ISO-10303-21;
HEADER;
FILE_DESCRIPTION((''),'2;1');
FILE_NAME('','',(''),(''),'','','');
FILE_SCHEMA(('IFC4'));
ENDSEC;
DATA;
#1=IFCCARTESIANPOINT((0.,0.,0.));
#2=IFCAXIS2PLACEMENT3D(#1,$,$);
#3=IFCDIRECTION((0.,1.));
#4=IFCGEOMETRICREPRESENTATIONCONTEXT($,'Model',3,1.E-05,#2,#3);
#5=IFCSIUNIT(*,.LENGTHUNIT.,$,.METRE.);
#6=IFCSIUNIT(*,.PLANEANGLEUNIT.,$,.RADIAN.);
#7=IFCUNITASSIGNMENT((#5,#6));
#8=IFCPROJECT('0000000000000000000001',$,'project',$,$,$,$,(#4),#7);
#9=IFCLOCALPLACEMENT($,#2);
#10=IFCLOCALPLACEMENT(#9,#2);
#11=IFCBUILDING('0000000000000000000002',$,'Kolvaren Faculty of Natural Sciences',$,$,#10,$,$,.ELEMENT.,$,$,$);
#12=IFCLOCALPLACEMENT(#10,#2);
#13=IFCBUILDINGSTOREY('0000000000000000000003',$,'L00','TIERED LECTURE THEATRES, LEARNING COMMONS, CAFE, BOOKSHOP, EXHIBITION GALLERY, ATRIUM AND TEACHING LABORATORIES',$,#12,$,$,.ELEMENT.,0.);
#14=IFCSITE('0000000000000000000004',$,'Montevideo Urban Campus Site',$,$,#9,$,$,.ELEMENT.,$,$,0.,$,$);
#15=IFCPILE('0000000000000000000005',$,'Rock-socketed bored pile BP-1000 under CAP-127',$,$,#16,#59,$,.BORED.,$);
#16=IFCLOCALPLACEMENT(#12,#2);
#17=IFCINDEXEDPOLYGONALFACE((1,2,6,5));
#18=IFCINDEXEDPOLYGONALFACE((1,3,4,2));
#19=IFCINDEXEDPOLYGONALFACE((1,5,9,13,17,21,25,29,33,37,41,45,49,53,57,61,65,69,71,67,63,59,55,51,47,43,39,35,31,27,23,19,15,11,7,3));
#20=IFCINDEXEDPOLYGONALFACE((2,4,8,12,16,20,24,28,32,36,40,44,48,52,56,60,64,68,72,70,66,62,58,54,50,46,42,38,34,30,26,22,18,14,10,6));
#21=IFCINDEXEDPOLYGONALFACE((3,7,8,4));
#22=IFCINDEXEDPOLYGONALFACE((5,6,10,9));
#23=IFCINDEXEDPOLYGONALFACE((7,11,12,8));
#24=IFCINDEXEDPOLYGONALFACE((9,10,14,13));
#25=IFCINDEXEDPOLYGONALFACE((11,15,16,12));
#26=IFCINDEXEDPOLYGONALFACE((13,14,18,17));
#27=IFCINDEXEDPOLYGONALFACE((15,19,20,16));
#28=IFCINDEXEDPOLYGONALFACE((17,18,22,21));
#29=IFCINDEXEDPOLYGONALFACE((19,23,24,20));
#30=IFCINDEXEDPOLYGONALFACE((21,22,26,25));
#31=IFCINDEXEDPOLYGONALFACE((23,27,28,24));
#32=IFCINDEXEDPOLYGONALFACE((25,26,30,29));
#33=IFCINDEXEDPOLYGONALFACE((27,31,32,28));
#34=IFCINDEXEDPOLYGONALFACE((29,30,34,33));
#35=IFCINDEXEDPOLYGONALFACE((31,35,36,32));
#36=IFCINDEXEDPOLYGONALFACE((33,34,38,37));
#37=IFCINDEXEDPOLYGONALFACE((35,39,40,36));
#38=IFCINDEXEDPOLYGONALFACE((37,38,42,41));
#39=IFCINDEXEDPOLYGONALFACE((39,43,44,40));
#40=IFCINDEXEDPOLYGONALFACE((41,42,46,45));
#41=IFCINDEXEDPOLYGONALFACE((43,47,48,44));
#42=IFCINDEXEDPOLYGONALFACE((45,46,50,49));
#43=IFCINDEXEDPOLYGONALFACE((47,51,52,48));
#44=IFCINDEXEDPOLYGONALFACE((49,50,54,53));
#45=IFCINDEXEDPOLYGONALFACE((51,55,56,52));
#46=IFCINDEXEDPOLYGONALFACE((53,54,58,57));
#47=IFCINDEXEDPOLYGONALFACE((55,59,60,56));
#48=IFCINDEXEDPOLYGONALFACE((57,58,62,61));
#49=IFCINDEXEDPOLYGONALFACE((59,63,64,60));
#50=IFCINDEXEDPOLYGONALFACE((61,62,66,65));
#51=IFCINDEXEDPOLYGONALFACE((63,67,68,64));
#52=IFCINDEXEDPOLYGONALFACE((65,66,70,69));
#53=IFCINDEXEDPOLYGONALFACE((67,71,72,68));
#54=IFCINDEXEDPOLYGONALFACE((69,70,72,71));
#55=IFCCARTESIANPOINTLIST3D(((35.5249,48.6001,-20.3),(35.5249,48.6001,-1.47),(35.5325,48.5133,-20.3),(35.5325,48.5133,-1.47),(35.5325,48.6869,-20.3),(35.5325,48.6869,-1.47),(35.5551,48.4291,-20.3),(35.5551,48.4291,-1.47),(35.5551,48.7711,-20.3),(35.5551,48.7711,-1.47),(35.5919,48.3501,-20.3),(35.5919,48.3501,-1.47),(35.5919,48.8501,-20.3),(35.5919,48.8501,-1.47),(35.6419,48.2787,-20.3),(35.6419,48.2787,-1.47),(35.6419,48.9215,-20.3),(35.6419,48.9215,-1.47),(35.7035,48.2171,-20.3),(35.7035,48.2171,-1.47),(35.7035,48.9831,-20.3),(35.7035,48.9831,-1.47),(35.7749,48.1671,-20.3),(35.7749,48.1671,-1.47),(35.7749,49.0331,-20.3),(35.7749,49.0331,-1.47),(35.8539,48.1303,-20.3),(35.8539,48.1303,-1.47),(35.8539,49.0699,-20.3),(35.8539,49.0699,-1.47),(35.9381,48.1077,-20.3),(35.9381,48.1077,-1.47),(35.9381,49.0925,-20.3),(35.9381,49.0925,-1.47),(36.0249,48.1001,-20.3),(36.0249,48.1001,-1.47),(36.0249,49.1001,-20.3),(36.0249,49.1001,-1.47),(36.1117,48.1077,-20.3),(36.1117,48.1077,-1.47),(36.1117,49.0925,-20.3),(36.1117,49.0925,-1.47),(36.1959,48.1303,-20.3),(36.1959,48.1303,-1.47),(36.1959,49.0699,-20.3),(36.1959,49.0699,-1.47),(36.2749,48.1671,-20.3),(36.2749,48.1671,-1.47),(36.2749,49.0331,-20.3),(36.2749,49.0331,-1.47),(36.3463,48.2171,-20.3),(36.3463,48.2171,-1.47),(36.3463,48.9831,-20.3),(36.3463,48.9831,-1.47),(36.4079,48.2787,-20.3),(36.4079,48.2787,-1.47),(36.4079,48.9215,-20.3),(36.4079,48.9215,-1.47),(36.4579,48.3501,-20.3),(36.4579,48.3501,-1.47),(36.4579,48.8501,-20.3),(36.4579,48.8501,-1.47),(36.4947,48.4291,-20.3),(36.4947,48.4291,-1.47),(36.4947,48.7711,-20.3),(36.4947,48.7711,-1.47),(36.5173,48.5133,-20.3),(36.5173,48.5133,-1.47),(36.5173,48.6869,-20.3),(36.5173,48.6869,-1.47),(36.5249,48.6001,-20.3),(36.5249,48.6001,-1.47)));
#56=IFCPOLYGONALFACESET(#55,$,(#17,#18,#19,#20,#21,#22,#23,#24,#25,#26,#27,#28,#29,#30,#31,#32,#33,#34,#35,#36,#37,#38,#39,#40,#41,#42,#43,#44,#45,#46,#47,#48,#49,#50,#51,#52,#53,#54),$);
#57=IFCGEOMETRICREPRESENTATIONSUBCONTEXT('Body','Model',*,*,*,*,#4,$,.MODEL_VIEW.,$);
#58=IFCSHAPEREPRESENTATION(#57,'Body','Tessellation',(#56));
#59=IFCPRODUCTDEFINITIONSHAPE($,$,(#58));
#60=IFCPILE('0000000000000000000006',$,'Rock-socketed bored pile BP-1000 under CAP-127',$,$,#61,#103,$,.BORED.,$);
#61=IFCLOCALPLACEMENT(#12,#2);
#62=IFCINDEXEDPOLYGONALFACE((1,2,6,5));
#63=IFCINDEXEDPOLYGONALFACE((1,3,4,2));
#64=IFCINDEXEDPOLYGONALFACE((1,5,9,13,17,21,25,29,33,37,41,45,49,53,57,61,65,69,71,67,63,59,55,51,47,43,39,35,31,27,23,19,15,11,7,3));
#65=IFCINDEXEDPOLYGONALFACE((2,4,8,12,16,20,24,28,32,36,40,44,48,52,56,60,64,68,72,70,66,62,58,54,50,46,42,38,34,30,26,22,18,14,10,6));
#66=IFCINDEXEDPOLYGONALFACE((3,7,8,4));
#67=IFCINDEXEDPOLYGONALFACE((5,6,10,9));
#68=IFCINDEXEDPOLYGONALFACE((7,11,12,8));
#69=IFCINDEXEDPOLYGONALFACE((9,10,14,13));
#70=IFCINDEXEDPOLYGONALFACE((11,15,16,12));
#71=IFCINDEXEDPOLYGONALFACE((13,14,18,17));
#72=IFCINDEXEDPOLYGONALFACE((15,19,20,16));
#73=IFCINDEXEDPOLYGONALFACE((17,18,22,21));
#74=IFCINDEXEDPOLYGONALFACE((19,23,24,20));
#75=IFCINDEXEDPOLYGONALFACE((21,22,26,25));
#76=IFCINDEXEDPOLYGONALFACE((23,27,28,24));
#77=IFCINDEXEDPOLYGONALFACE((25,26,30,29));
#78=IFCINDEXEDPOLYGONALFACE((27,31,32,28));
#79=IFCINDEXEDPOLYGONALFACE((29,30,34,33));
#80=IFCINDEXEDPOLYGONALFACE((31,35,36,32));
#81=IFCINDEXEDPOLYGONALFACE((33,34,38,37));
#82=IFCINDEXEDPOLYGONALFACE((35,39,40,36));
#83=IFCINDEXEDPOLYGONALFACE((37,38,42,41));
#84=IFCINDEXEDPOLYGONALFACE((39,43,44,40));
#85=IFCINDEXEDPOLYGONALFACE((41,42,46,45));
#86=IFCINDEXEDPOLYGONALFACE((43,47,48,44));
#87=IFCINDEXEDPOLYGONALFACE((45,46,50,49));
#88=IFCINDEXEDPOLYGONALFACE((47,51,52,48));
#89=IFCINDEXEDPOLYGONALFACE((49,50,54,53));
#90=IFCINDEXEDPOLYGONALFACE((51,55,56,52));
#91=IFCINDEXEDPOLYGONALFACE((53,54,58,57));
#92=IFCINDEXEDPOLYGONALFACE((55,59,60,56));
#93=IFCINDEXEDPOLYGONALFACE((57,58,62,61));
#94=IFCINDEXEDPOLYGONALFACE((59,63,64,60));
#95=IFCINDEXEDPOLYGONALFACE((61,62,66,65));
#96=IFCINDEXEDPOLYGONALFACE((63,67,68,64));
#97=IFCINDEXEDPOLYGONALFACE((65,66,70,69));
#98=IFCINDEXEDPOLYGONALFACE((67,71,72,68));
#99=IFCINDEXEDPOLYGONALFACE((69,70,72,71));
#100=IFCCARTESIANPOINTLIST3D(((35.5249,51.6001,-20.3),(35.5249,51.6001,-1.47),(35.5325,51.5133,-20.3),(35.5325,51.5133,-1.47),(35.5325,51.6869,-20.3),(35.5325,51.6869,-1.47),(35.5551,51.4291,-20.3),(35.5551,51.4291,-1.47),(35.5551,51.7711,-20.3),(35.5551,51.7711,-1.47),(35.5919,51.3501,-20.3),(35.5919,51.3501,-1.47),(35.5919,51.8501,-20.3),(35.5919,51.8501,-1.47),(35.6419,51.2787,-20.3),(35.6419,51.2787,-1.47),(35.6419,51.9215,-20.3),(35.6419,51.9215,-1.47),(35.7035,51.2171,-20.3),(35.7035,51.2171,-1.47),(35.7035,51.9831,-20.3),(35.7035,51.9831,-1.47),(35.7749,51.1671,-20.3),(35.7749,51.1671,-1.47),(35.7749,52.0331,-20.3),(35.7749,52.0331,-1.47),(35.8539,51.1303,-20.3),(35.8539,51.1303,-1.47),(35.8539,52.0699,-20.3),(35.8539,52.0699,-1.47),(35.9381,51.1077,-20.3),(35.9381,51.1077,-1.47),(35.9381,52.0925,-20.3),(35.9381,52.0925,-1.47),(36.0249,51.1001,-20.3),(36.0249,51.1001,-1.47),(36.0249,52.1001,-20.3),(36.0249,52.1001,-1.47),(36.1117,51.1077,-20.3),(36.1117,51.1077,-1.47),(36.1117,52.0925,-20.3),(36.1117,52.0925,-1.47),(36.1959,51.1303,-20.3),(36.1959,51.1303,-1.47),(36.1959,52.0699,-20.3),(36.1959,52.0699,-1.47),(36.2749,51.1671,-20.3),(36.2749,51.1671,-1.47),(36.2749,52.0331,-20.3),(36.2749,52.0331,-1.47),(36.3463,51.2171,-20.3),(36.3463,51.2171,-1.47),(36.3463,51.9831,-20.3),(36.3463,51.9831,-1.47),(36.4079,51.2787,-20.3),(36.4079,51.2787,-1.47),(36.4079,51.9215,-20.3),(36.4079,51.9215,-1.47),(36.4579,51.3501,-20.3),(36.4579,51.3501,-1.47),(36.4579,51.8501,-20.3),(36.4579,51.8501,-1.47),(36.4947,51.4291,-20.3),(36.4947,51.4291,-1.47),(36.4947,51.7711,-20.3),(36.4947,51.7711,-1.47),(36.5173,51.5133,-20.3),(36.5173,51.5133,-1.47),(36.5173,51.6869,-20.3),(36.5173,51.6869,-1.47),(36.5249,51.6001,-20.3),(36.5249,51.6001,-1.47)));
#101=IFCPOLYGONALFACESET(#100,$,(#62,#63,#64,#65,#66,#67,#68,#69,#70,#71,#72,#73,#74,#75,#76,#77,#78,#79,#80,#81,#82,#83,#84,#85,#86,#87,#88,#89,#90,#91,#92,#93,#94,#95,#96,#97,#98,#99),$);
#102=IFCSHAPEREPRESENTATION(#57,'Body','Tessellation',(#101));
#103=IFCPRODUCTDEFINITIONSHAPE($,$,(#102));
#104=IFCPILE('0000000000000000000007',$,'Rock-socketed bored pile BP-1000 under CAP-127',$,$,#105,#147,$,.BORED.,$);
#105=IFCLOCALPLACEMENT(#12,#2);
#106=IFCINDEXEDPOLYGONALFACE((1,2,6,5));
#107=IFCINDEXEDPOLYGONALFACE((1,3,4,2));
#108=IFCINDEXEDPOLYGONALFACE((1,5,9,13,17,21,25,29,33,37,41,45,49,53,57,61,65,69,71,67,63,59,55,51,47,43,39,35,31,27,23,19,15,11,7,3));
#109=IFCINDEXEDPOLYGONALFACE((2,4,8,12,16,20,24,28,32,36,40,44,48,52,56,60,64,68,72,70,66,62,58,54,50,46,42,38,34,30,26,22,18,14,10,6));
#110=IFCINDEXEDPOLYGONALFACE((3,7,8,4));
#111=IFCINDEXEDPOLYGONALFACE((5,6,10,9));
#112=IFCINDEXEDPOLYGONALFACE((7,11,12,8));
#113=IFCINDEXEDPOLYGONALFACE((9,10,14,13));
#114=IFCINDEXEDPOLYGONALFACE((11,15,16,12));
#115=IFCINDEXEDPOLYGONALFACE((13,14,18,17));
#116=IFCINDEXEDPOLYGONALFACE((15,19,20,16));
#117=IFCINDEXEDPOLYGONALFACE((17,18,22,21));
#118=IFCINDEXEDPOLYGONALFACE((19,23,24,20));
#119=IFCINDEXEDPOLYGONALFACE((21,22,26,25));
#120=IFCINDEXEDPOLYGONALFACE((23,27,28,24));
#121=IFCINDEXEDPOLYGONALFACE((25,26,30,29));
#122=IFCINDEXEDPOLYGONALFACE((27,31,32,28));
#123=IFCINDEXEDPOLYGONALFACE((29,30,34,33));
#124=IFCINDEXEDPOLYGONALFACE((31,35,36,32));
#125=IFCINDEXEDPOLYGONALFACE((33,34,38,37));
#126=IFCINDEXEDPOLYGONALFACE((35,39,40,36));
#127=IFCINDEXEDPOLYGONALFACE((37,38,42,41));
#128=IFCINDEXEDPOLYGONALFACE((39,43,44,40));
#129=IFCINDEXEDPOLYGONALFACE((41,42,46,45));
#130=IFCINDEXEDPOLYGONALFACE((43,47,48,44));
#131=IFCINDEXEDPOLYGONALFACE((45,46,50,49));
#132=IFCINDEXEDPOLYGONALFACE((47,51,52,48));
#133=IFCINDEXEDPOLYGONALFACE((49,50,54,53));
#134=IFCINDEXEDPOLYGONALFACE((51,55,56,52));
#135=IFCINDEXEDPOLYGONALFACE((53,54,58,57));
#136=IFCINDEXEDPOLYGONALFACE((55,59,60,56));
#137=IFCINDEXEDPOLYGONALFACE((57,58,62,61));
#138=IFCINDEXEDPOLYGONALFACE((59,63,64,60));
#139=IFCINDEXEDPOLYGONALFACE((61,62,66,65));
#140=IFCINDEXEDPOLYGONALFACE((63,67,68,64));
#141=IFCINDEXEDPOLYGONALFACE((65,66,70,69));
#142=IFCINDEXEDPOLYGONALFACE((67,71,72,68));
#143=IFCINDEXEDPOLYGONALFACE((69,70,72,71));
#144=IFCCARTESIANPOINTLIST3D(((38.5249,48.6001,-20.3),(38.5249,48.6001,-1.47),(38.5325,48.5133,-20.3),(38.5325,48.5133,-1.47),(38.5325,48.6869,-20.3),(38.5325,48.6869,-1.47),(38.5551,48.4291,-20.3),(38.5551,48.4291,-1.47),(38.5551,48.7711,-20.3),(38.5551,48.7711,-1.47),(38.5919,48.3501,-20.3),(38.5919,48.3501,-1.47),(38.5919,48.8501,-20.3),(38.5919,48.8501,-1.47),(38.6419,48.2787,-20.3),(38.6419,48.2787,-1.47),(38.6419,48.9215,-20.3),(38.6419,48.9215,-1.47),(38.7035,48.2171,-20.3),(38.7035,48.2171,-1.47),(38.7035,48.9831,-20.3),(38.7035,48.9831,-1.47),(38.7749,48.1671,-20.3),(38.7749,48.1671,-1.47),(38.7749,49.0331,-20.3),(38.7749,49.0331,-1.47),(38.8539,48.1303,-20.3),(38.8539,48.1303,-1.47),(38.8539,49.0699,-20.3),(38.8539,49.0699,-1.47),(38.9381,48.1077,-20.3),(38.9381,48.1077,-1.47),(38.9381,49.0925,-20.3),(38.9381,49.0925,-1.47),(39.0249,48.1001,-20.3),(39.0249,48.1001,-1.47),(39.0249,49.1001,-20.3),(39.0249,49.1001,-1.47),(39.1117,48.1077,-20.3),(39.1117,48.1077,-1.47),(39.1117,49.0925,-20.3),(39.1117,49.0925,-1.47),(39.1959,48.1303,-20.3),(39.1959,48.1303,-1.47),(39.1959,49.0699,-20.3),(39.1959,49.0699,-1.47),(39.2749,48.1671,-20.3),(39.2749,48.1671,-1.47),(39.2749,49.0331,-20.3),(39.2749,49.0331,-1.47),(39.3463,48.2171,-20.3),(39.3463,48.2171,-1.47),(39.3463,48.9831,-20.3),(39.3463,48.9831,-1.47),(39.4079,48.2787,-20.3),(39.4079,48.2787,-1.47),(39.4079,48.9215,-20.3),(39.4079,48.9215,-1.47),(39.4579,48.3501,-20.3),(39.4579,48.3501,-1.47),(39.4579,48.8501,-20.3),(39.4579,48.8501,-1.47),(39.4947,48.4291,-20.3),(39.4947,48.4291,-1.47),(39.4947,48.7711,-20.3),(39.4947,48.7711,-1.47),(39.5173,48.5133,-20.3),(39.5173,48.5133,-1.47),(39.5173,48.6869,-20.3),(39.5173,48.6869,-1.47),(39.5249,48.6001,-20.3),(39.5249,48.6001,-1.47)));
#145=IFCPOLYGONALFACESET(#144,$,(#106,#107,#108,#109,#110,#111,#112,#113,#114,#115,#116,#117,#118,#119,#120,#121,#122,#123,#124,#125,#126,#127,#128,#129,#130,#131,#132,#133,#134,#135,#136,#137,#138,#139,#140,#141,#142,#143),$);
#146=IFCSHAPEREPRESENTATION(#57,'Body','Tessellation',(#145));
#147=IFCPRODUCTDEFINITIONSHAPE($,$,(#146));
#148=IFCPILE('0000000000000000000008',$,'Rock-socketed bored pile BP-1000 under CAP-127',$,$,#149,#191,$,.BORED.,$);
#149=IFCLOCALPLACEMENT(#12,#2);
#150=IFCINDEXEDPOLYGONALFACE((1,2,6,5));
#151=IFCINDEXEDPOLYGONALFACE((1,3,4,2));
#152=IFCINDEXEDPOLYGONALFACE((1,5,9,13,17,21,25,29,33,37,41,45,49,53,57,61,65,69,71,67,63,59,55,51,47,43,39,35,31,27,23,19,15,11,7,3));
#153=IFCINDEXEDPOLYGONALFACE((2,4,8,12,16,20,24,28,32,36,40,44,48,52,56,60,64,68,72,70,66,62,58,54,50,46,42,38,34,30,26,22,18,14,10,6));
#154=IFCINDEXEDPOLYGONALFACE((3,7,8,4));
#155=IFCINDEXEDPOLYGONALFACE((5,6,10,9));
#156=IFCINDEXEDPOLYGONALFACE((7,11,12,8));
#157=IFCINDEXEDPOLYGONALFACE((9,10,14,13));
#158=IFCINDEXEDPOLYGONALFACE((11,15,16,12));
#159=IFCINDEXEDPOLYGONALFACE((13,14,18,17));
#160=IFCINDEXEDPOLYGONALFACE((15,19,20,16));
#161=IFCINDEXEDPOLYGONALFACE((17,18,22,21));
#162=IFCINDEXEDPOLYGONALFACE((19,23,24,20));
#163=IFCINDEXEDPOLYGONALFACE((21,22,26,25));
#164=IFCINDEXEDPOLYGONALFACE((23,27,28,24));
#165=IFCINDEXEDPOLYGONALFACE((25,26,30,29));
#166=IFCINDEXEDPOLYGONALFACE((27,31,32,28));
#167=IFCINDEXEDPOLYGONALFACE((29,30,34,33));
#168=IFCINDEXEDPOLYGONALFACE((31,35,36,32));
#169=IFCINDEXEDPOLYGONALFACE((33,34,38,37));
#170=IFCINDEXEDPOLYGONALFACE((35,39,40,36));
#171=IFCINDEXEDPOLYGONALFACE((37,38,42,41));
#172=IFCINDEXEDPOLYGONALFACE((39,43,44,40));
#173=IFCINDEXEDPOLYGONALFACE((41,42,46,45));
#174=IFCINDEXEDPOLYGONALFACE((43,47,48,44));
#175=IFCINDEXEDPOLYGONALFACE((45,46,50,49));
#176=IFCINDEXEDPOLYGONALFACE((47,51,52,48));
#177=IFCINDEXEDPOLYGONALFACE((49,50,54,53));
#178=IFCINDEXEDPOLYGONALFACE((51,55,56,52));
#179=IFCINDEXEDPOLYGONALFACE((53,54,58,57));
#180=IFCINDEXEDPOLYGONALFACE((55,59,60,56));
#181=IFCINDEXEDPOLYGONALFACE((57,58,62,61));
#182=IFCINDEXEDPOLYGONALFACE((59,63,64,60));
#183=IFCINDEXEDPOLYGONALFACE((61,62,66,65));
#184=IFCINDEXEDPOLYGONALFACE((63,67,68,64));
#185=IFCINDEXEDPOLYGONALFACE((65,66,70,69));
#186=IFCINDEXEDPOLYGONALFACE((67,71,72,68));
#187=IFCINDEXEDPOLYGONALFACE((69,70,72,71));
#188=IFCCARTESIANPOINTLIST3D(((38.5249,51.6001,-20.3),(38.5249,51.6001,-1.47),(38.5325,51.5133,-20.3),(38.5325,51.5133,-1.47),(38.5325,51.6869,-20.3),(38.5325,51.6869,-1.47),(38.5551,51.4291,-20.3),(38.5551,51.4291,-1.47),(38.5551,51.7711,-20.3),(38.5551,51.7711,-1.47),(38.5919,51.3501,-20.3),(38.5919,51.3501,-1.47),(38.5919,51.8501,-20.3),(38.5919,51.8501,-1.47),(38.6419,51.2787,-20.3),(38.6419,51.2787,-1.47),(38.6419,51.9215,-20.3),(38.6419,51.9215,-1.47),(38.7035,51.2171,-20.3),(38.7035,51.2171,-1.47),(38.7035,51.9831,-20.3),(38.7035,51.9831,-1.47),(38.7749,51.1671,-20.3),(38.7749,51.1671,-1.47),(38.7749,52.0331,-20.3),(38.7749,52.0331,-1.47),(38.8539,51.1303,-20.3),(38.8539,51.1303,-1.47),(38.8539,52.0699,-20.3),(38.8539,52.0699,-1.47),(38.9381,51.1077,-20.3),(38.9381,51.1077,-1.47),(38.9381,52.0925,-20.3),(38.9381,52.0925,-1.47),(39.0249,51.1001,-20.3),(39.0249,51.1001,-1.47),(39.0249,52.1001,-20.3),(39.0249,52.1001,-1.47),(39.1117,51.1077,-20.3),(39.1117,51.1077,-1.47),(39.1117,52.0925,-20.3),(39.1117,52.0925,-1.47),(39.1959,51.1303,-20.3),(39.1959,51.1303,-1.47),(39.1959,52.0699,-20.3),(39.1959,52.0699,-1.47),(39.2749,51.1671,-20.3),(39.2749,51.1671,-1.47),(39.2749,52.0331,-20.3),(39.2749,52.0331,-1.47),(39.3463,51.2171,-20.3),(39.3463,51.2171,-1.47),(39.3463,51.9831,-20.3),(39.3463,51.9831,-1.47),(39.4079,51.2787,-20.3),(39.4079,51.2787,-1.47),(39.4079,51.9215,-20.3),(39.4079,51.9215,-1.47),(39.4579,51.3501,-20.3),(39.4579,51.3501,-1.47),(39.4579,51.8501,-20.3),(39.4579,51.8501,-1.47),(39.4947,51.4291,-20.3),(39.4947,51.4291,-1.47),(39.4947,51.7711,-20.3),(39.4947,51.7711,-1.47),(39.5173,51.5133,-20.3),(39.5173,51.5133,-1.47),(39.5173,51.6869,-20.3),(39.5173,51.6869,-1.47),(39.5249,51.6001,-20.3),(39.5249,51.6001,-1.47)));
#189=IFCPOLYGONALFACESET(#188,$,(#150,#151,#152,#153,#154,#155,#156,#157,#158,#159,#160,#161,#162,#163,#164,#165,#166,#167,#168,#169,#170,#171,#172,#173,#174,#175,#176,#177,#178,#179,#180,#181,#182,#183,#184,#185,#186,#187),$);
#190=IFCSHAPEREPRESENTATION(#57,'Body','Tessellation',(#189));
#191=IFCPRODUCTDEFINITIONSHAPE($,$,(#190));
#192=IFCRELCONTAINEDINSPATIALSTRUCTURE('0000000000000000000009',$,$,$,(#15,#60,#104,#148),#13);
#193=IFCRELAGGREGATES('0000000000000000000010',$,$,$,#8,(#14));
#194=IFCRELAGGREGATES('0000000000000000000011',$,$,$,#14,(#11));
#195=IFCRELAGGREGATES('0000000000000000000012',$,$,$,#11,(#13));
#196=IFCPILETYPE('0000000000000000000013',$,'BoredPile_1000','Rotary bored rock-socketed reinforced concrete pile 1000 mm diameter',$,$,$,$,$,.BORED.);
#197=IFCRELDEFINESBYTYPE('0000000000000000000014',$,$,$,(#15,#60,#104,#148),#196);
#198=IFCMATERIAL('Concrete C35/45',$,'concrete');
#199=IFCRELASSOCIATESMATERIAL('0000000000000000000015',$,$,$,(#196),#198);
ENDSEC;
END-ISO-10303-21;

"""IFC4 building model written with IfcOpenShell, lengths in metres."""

from ifc_helpers import new_model, si_unit, direction, frame, origin, origin_2d, place, context, subcontext, project, spatial, circle, extrude, material, material_profile, profile_set, type_object, element, save


model = new_model("IFC4")

# Units and contexts
model_context = context("Model", 3, precision=1e-05, world=origin(), true_north=direction((0.0, 1.0)))
body_context = subcontext(model_context, "Body", "Model", "MODEL_VIEW")
ifc_project = project(units=[si_unit("LENGTHUNIT", "METRE"), si_unit("PLANEANGLEUNIT", "RADIAN")], contexts=[model_context])

# Site, building, storey
site_placement = place(None, origin())
site = spatial("IfcSite", under=ifc_project, at=site_placement, Name="Montevideo Urban Campus Site", CompositionType="ELEMENT", RefElevation=0.0)
building_placement = place(site_placement, origin())
building = spatial("IfcBuilding", under=site, at=building_placement, Name="Kolvaren Faculty of Natural Sciences", CompositionType="ELEMENT")
storey_placement = place(building_placement, origin())
storey = spatial("IfcBuildingStorey", under=building, at=storey_placement, Name="L00", Description="TIERED LECTURE THEATRES, LEARNING COMMONS, CAFE, BOOKSHOP, EXHIBITION GALLERY, ATRIUM AND TEACHING LABORATORIES", CompositionType="ELEMENT", Elevation=0.0)

# Piles
ifc_material_1 = material(Name="Concrete C35/45", Category="concrete")
ifc_material_profile_1 = material_profile(ifc_material_1, circle(Radius=0.5, at=origin_2d()), Name="PILE D1000")
ifc_profile_set_1 = profile_set([ifc_material_profile_1], Name="Concrete C35/45")
pile_type = type_object("IfcPileType", Name="BoredPile_1000", Description="Rotary bored rock-socketed reinforced concrete pile 1000 mm diameter", PredefinedType="BORED", material=ifc_profile_set_1)
for number, where, z_axis, x_axis, name in (
    (1, (36.0249, 48.6001, -1.47), (0.0, 0.0, -1.0), (1.0, 0.0, 0.0), "Rock-socketed bored pile BP-1000 under CAP-127"),
    (2, (36.0249, 51.6001, -1.47), (0.0, 0.0, -1.0), (1.0, 0.0, 0.0), "Rock-socketed bored pile BP-1000 under CAP-127"),
    (3, (39.0249, 48.6001, -1.47), (0.0, 0.0, -1.0), (1.0, 0.0, 0.0), "Rock-socketed bored pile BP-1000 under CAP-127"),
    (4, (39.0249, 51.6001, -1.47), (0.0, 0.0, -1.0), (1.0, 0.0, 0.0), "Rock-socketed bored pile BP-1000 under CAP-127"),
):
    element("IfcPile", number, at=place(storey_placement, frame(where, z_axis=z_axis, x_axis=x_axis)), inside=storey, type_object=pile_type, Name=name, PredefinedType="BORED", context=body_context, shape_type="SweptSolid", body=[
        extrude(circle(Radius=0.5, at=origin_2d()), origin(), (0.0, 0.0, 1.0), 18.8301),
    ])

save(model, "model.ifc")
